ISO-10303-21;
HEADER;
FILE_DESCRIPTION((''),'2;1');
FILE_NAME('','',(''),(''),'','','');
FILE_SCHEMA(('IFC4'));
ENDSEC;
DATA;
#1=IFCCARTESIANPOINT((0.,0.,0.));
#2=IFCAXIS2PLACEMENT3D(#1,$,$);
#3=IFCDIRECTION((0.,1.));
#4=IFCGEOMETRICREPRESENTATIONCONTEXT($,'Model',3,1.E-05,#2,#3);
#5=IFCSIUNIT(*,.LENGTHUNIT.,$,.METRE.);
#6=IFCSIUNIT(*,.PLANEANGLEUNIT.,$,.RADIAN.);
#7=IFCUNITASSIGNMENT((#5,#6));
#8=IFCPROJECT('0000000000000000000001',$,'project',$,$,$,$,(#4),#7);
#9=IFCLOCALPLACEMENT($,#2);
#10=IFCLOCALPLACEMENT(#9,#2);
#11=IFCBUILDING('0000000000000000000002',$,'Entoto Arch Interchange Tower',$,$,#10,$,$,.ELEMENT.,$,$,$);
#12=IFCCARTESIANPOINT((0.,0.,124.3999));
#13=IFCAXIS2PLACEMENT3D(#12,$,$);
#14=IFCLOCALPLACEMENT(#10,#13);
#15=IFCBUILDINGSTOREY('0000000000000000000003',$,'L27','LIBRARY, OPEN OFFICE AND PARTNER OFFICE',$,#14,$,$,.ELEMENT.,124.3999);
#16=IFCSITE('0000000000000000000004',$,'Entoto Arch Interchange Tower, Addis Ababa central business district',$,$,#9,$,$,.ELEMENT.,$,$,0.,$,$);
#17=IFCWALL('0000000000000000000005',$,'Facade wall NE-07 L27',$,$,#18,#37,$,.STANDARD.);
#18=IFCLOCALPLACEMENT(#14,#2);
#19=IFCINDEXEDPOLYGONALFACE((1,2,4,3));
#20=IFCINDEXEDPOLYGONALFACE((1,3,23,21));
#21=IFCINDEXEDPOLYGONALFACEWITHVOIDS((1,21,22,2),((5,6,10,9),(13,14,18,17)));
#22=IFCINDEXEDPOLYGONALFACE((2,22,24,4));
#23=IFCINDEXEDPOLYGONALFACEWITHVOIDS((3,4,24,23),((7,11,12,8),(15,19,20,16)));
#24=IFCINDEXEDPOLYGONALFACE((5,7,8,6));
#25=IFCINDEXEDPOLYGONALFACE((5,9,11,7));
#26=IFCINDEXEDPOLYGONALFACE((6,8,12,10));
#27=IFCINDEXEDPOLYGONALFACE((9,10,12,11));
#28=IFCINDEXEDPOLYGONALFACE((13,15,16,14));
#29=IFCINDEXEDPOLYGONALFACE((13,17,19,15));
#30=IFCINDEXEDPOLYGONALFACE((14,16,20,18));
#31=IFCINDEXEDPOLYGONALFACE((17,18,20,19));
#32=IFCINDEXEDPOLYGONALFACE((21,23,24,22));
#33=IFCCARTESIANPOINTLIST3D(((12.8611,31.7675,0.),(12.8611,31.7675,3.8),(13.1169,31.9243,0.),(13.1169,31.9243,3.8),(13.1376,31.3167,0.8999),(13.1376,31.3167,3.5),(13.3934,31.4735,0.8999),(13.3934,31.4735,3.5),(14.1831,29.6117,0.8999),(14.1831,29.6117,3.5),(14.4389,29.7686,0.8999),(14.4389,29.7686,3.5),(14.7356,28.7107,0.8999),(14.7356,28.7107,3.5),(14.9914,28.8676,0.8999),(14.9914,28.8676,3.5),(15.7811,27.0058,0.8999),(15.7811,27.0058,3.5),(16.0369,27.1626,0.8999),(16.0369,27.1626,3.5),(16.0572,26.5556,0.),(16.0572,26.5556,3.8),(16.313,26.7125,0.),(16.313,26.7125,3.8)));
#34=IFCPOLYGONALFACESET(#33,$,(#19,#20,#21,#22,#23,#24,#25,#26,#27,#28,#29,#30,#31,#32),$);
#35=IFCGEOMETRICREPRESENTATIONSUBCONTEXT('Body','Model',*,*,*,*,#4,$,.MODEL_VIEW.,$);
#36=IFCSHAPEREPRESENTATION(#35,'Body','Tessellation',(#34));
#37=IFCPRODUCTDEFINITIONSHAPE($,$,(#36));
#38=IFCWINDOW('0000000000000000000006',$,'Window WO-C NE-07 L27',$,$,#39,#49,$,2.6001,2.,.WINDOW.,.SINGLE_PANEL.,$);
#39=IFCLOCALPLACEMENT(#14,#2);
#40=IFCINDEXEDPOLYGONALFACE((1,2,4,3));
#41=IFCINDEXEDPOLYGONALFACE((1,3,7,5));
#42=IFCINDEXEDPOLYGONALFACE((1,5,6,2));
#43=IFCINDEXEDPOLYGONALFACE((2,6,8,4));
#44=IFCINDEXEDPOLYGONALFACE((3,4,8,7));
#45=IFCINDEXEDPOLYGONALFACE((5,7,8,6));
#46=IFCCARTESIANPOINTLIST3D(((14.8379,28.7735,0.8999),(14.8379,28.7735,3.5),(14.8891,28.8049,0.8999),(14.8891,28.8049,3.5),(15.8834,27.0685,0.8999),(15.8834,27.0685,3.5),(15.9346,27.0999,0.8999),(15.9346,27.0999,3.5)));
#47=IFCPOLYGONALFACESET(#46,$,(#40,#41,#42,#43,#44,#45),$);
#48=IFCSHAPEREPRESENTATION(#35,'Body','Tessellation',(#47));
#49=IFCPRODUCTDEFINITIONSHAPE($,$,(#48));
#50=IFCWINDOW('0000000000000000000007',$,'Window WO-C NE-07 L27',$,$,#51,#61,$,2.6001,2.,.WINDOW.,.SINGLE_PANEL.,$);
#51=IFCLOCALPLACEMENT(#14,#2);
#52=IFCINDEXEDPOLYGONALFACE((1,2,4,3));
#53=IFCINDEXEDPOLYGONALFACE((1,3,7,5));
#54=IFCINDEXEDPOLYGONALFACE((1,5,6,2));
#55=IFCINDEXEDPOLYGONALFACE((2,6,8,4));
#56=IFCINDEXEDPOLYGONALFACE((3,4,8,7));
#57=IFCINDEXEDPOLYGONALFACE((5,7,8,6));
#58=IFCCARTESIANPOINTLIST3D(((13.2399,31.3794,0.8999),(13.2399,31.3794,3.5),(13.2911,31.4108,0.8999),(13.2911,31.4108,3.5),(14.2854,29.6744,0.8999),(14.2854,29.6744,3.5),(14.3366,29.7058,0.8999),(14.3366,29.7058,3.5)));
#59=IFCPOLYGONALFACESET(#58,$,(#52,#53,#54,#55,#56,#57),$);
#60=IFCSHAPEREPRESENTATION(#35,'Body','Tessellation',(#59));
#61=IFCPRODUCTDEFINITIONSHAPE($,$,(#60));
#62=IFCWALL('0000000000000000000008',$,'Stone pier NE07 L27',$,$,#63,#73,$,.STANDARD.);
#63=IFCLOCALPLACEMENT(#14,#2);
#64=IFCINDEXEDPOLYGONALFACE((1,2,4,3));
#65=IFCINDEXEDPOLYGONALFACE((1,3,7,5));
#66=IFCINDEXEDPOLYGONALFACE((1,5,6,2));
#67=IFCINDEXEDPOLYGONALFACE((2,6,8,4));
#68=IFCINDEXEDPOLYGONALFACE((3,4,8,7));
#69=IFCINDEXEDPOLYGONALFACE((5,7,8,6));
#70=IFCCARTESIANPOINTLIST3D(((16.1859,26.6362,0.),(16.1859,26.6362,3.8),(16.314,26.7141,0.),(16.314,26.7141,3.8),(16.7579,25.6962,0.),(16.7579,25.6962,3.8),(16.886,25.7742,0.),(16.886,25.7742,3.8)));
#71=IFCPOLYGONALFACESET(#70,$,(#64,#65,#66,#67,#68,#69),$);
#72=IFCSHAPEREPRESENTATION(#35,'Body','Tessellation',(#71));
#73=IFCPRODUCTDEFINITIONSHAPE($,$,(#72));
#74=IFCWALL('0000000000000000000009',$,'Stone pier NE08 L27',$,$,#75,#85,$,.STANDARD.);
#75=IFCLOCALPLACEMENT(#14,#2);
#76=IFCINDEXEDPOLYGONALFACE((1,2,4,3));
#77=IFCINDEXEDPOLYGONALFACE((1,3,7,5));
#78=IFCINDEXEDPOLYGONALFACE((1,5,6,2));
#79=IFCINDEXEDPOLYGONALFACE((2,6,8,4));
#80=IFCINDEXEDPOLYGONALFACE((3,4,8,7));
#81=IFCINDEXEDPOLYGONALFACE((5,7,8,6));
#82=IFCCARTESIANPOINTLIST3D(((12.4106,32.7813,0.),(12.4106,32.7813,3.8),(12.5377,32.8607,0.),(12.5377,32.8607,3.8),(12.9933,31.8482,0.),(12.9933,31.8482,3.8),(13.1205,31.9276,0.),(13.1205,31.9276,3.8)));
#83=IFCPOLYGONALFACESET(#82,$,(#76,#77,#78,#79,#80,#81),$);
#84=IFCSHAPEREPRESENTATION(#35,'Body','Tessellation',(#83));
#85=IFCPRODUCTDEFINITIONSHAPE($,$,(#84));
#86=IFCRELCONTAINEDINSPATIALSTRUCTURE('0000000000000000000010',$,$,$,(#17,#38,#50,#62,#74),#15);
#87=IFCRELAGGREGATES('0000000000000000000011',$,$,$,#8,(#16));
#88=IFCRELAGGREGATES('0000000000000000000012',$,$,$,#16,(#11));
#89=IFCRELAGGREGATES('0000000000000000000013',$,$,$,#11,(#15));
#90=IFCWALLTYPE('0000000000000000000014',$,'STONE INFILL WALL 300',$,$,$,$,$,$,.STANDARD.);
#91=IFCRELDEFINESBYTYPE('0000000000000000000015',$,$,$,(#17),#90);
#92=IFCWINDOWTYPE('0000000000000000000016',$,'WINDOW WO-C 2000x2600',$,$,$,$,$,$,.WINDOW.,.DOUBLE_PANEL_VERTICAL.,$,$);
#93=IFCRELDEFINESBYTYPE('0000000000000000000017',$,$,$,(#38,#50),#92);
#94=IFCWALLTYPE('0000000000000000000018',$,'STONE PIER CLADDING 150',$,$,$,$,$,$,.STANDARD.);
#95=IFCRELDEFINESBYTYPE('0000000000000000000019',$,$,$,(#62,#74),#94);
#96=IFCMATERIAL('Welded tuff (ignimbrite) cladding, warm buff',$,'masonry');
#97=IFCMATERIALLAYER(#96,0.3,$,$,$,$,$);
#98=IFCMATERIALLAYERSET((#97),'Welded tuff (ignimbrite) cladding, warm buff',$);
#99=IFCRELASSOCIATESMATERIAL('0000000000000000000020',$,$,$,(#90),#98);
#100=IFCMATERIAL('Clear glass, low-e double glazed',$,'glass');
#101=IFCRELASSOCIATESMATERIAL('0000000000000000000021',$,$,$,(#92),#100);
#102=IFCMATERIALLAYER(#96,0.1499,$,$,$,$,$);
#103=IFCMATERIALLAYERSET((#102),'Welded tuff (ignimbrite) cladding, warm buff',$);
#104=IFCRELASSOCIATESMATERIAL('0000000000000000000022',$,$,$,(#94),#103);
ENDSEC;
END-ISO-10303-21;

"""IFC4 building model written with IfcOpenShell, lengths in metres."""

from ifc_helpers import new_model, si_unit, direction, frame, frame_2d, origin, place, context, subcontext, project, spatial, rectangle, extrude, material, layer, layer_set, type_object, element, fill, save


model = new_model("IFC4")

# Units and contexts
model_context = context("Model", 3, precision=1e-05, world=origin(), true_north=direction((0.0, 1.0)))
body_context = subcontext(model_context, "Body", "Model", "MODEL_VIEW")
ifc_project = project(units=[si_unit("LENGTHUNIT", "METRE"), si_unit("PLANEANGLEUNIT", "RADIAN")], contexts=[model_context])

# Site, building, storey
site_placement = place(None, origin())
site = spatial("IfcSite", under=ifc_project, at=site_placement, Name="Entoto Arch Interchange Tower, Addis Ababa central business district", CompositionType="ELEMENT", RefElevation=0.0)
building_placement = place(site_placement, origin())
building = spatial("IfcBuilding", under=site, at=building_placement, Name="Entoto Arch Interchange Tower", CompositionType="ELEMENT")
storey_placement = place(building_placement, frame((0.0, 0.0, 124.3999)))
storey = spatial("IfcBuildingStorey", under=building, at=storey_placement, Name="L27", Description="LIBRARY, OPEN OFFICE AND PARTNER OFFICE", CompositionType="ELEMENT", Elevation=124.3999)

# Wall, openings, windows
ifc_material_1 = material(Name="Welded tuff (ignimbrite) cladding, warm buff", Category="masonry")
ifc_layer_1 = layer(ifc_material_1, 0.3)
ifc_layer_set_1 = layer_set([ifc_layer_1], Name="Welded tuff (ignimbrite) cladding, warm buff")
wall_type_1 = type_object("IfcWallType", Name="STONE INFILL WALL 300", PredefinedType="STANDARD", material=ifc_layer_set_1)
wall_1_placement = place(storey_placement, frame((16.1851, 26.634, 0.0), z_axis=(0.0, 0.0, 1.0), x_axis=(-0.522758, 0.852481, 0.0)))
wall_1 = element("IfcWall", 1, at=wall_1_placement, inside=storey, type_object=wall_type_1, Name="Facade wall NE-07 L27", PredefinedType="STANDARD", context=body_context, shape_type="SweptSolid", body=[
    extrude(rectangle(XDim=6.1138, YDim=0.3, at=frame_2d((3.0569, 0.0))), origin(), (0.0, 0.0, 1.0), 3.8),
])
opening_1_placement = place(wall_1_placement, frame((0.5281, 0.0, 0.8999)))
opening_1 = element("IfcOpeningElement", 2, at=opening_1_placement, cuts=wall_1, PredefinedType="OPENING", context=body_context, shape_type="SweptSolid", body=[
    extrude(rectangle(XDim=2.0, YDim=2.6001, at=frame_2d((1.0, 1.3))), frame((0.0, 0.1602, 0.0), z_axis=(0.0, -1.0, 0.0), x_axis=(1.0, 0.0, 0.0)), (0.0, 0.0, 1.0), 0.3201),
])
opening_2_placement = place(wall_1_placement, frame((3.585, 0.0, 0.8999)))
opening_2 = element("IfcOpeningElement", 3, at=opening_2_placement, cuts=wall_1, PredefinedType="OPENING", context=body_context, shape_type="SweptSolid", body=[
    extrude(rectangle(XDim=2.0, YDim=2.6001, at=frame_2d((1.0, 1.3))), frame((0.0, 0.1602, 0.0), z_axis=(0.0, -1.0, 0.0), x_axis=(1.0, 0.0, 0.0)), (0.0, 0.0, 1.0), 0.3201),
])
ifc_material_2 = material(Name="Clear glass, low-e double glazed", Category="glass")
window_type = type_object("IfcWindowType", Name="WINDOW WO-C 2000x2600", PartitioningType="DOUBLE_PANEL_VERTICAL", PredefinedType="WINDOW", material=ifc_material_2)
window_1_placement = place(opening_1_placement, origin())
window_1 = element("IfcWindow", 4, at=window_1_placement, inside=storey, type_object=window_type, Name="Window WO-C NE-07 L27", OverallHeight=2.6001, OverallWidth=2.0, PartitioningType="SINGLE_PANEL", PredefinedType="WINDOW", context=body_context, shape_type="SweptSolid", body=[
    extrude(rectangle(XDim=2.0, YDim=2.6001, at=frame_2d((1.0, 1.3))), frame((0.0, 0.03, 0.0), z_axis=(0.0, -1.0, 0.0), x_axis=(1.0, 0.0, 0.0)), (0.0, 0.0, 1.0), 0.0601),
])
fill(opening_1, window_1)
window_2_placement = place(opening_2_placement, origin())
window_2 = element("IfcWindow", 5, at=window_2_placement, inside=storey, type_object=window_type, Name="Window WO-C NE-07 L27", OverallHeight=2.6001, OverallWidth=2.0, PartitioningType="SINGLE_PANEL", PredefinedType="WINDOW", context=body_context, shape_type="SweptSolid", body=[
    extrude(rectangle(XDim=2.0, YDim=2.6001, at=frame_2d((1.0, 1.3))), frame((0.0, 0.03, 0.0), z_axis=(0.0, -1.0, 0.0), x_axis=(1.0, 0.0, 0.0)), (0.0, 0.0, 1.0), 0.0601),
])
fill(opening_2, window_2)

# Walls
ifc_layer_2 = layer(ifc_material_1, 0.1499)
ifc_layer_set_2 = layer_set([ifc_layer_2], Name="Welded tuff (ignimbrite) cladding, warm buff")
wall_type_2 = type_object("IfcWallType", Name="STONE PIER CLADDING 150", PredefinedType="STANDARD", material=ifc_layer_set_2)
wall_2_placement = place(storey_placement, frame((16.822, 25.7351, 0.0), z_axis=(0.0, 0.0, 1.0), x_axis=(-0.51987, 0.854246, 0.0)))
element("IfcWall", 6, at=wall_2_placement, inside=storey, type_object=wall_type_2, Name="Stone pier NE07 L27", PredefinedType="STANDARD", context=body_context, shape_type="SweptSolid", body=[
    extrude(rectangle(XDim=1.1003, YDim=0.1499, at=frame_2d((0.5503, 0.0))), origin(), (0.0, 0.0, 1.0), 3.8),
])
wall_3_placement = place(storey_placement, frame((13.0569, 31.8879, 0.0), z_axis=(0.0, 0.0, 1.0), x_axis=(-0.52972, 0.848173, 0.0)))
element("IfcWall", 7, at=wall_3_placement, inside=storey, type_object=wall_type_2, Name="Stone pier NE08 L27", PredefinedType="STANDARD", context=body_context, shape_type="SweptSolid", body=[
    extrude(rectangle(XDim=1.1001, YDim=0.1499, at=frame_2d((0.55, 0.0))), origin(), (0.0, 0.0, 1.0), 3.8),
])

save(model, "model.ifc")
